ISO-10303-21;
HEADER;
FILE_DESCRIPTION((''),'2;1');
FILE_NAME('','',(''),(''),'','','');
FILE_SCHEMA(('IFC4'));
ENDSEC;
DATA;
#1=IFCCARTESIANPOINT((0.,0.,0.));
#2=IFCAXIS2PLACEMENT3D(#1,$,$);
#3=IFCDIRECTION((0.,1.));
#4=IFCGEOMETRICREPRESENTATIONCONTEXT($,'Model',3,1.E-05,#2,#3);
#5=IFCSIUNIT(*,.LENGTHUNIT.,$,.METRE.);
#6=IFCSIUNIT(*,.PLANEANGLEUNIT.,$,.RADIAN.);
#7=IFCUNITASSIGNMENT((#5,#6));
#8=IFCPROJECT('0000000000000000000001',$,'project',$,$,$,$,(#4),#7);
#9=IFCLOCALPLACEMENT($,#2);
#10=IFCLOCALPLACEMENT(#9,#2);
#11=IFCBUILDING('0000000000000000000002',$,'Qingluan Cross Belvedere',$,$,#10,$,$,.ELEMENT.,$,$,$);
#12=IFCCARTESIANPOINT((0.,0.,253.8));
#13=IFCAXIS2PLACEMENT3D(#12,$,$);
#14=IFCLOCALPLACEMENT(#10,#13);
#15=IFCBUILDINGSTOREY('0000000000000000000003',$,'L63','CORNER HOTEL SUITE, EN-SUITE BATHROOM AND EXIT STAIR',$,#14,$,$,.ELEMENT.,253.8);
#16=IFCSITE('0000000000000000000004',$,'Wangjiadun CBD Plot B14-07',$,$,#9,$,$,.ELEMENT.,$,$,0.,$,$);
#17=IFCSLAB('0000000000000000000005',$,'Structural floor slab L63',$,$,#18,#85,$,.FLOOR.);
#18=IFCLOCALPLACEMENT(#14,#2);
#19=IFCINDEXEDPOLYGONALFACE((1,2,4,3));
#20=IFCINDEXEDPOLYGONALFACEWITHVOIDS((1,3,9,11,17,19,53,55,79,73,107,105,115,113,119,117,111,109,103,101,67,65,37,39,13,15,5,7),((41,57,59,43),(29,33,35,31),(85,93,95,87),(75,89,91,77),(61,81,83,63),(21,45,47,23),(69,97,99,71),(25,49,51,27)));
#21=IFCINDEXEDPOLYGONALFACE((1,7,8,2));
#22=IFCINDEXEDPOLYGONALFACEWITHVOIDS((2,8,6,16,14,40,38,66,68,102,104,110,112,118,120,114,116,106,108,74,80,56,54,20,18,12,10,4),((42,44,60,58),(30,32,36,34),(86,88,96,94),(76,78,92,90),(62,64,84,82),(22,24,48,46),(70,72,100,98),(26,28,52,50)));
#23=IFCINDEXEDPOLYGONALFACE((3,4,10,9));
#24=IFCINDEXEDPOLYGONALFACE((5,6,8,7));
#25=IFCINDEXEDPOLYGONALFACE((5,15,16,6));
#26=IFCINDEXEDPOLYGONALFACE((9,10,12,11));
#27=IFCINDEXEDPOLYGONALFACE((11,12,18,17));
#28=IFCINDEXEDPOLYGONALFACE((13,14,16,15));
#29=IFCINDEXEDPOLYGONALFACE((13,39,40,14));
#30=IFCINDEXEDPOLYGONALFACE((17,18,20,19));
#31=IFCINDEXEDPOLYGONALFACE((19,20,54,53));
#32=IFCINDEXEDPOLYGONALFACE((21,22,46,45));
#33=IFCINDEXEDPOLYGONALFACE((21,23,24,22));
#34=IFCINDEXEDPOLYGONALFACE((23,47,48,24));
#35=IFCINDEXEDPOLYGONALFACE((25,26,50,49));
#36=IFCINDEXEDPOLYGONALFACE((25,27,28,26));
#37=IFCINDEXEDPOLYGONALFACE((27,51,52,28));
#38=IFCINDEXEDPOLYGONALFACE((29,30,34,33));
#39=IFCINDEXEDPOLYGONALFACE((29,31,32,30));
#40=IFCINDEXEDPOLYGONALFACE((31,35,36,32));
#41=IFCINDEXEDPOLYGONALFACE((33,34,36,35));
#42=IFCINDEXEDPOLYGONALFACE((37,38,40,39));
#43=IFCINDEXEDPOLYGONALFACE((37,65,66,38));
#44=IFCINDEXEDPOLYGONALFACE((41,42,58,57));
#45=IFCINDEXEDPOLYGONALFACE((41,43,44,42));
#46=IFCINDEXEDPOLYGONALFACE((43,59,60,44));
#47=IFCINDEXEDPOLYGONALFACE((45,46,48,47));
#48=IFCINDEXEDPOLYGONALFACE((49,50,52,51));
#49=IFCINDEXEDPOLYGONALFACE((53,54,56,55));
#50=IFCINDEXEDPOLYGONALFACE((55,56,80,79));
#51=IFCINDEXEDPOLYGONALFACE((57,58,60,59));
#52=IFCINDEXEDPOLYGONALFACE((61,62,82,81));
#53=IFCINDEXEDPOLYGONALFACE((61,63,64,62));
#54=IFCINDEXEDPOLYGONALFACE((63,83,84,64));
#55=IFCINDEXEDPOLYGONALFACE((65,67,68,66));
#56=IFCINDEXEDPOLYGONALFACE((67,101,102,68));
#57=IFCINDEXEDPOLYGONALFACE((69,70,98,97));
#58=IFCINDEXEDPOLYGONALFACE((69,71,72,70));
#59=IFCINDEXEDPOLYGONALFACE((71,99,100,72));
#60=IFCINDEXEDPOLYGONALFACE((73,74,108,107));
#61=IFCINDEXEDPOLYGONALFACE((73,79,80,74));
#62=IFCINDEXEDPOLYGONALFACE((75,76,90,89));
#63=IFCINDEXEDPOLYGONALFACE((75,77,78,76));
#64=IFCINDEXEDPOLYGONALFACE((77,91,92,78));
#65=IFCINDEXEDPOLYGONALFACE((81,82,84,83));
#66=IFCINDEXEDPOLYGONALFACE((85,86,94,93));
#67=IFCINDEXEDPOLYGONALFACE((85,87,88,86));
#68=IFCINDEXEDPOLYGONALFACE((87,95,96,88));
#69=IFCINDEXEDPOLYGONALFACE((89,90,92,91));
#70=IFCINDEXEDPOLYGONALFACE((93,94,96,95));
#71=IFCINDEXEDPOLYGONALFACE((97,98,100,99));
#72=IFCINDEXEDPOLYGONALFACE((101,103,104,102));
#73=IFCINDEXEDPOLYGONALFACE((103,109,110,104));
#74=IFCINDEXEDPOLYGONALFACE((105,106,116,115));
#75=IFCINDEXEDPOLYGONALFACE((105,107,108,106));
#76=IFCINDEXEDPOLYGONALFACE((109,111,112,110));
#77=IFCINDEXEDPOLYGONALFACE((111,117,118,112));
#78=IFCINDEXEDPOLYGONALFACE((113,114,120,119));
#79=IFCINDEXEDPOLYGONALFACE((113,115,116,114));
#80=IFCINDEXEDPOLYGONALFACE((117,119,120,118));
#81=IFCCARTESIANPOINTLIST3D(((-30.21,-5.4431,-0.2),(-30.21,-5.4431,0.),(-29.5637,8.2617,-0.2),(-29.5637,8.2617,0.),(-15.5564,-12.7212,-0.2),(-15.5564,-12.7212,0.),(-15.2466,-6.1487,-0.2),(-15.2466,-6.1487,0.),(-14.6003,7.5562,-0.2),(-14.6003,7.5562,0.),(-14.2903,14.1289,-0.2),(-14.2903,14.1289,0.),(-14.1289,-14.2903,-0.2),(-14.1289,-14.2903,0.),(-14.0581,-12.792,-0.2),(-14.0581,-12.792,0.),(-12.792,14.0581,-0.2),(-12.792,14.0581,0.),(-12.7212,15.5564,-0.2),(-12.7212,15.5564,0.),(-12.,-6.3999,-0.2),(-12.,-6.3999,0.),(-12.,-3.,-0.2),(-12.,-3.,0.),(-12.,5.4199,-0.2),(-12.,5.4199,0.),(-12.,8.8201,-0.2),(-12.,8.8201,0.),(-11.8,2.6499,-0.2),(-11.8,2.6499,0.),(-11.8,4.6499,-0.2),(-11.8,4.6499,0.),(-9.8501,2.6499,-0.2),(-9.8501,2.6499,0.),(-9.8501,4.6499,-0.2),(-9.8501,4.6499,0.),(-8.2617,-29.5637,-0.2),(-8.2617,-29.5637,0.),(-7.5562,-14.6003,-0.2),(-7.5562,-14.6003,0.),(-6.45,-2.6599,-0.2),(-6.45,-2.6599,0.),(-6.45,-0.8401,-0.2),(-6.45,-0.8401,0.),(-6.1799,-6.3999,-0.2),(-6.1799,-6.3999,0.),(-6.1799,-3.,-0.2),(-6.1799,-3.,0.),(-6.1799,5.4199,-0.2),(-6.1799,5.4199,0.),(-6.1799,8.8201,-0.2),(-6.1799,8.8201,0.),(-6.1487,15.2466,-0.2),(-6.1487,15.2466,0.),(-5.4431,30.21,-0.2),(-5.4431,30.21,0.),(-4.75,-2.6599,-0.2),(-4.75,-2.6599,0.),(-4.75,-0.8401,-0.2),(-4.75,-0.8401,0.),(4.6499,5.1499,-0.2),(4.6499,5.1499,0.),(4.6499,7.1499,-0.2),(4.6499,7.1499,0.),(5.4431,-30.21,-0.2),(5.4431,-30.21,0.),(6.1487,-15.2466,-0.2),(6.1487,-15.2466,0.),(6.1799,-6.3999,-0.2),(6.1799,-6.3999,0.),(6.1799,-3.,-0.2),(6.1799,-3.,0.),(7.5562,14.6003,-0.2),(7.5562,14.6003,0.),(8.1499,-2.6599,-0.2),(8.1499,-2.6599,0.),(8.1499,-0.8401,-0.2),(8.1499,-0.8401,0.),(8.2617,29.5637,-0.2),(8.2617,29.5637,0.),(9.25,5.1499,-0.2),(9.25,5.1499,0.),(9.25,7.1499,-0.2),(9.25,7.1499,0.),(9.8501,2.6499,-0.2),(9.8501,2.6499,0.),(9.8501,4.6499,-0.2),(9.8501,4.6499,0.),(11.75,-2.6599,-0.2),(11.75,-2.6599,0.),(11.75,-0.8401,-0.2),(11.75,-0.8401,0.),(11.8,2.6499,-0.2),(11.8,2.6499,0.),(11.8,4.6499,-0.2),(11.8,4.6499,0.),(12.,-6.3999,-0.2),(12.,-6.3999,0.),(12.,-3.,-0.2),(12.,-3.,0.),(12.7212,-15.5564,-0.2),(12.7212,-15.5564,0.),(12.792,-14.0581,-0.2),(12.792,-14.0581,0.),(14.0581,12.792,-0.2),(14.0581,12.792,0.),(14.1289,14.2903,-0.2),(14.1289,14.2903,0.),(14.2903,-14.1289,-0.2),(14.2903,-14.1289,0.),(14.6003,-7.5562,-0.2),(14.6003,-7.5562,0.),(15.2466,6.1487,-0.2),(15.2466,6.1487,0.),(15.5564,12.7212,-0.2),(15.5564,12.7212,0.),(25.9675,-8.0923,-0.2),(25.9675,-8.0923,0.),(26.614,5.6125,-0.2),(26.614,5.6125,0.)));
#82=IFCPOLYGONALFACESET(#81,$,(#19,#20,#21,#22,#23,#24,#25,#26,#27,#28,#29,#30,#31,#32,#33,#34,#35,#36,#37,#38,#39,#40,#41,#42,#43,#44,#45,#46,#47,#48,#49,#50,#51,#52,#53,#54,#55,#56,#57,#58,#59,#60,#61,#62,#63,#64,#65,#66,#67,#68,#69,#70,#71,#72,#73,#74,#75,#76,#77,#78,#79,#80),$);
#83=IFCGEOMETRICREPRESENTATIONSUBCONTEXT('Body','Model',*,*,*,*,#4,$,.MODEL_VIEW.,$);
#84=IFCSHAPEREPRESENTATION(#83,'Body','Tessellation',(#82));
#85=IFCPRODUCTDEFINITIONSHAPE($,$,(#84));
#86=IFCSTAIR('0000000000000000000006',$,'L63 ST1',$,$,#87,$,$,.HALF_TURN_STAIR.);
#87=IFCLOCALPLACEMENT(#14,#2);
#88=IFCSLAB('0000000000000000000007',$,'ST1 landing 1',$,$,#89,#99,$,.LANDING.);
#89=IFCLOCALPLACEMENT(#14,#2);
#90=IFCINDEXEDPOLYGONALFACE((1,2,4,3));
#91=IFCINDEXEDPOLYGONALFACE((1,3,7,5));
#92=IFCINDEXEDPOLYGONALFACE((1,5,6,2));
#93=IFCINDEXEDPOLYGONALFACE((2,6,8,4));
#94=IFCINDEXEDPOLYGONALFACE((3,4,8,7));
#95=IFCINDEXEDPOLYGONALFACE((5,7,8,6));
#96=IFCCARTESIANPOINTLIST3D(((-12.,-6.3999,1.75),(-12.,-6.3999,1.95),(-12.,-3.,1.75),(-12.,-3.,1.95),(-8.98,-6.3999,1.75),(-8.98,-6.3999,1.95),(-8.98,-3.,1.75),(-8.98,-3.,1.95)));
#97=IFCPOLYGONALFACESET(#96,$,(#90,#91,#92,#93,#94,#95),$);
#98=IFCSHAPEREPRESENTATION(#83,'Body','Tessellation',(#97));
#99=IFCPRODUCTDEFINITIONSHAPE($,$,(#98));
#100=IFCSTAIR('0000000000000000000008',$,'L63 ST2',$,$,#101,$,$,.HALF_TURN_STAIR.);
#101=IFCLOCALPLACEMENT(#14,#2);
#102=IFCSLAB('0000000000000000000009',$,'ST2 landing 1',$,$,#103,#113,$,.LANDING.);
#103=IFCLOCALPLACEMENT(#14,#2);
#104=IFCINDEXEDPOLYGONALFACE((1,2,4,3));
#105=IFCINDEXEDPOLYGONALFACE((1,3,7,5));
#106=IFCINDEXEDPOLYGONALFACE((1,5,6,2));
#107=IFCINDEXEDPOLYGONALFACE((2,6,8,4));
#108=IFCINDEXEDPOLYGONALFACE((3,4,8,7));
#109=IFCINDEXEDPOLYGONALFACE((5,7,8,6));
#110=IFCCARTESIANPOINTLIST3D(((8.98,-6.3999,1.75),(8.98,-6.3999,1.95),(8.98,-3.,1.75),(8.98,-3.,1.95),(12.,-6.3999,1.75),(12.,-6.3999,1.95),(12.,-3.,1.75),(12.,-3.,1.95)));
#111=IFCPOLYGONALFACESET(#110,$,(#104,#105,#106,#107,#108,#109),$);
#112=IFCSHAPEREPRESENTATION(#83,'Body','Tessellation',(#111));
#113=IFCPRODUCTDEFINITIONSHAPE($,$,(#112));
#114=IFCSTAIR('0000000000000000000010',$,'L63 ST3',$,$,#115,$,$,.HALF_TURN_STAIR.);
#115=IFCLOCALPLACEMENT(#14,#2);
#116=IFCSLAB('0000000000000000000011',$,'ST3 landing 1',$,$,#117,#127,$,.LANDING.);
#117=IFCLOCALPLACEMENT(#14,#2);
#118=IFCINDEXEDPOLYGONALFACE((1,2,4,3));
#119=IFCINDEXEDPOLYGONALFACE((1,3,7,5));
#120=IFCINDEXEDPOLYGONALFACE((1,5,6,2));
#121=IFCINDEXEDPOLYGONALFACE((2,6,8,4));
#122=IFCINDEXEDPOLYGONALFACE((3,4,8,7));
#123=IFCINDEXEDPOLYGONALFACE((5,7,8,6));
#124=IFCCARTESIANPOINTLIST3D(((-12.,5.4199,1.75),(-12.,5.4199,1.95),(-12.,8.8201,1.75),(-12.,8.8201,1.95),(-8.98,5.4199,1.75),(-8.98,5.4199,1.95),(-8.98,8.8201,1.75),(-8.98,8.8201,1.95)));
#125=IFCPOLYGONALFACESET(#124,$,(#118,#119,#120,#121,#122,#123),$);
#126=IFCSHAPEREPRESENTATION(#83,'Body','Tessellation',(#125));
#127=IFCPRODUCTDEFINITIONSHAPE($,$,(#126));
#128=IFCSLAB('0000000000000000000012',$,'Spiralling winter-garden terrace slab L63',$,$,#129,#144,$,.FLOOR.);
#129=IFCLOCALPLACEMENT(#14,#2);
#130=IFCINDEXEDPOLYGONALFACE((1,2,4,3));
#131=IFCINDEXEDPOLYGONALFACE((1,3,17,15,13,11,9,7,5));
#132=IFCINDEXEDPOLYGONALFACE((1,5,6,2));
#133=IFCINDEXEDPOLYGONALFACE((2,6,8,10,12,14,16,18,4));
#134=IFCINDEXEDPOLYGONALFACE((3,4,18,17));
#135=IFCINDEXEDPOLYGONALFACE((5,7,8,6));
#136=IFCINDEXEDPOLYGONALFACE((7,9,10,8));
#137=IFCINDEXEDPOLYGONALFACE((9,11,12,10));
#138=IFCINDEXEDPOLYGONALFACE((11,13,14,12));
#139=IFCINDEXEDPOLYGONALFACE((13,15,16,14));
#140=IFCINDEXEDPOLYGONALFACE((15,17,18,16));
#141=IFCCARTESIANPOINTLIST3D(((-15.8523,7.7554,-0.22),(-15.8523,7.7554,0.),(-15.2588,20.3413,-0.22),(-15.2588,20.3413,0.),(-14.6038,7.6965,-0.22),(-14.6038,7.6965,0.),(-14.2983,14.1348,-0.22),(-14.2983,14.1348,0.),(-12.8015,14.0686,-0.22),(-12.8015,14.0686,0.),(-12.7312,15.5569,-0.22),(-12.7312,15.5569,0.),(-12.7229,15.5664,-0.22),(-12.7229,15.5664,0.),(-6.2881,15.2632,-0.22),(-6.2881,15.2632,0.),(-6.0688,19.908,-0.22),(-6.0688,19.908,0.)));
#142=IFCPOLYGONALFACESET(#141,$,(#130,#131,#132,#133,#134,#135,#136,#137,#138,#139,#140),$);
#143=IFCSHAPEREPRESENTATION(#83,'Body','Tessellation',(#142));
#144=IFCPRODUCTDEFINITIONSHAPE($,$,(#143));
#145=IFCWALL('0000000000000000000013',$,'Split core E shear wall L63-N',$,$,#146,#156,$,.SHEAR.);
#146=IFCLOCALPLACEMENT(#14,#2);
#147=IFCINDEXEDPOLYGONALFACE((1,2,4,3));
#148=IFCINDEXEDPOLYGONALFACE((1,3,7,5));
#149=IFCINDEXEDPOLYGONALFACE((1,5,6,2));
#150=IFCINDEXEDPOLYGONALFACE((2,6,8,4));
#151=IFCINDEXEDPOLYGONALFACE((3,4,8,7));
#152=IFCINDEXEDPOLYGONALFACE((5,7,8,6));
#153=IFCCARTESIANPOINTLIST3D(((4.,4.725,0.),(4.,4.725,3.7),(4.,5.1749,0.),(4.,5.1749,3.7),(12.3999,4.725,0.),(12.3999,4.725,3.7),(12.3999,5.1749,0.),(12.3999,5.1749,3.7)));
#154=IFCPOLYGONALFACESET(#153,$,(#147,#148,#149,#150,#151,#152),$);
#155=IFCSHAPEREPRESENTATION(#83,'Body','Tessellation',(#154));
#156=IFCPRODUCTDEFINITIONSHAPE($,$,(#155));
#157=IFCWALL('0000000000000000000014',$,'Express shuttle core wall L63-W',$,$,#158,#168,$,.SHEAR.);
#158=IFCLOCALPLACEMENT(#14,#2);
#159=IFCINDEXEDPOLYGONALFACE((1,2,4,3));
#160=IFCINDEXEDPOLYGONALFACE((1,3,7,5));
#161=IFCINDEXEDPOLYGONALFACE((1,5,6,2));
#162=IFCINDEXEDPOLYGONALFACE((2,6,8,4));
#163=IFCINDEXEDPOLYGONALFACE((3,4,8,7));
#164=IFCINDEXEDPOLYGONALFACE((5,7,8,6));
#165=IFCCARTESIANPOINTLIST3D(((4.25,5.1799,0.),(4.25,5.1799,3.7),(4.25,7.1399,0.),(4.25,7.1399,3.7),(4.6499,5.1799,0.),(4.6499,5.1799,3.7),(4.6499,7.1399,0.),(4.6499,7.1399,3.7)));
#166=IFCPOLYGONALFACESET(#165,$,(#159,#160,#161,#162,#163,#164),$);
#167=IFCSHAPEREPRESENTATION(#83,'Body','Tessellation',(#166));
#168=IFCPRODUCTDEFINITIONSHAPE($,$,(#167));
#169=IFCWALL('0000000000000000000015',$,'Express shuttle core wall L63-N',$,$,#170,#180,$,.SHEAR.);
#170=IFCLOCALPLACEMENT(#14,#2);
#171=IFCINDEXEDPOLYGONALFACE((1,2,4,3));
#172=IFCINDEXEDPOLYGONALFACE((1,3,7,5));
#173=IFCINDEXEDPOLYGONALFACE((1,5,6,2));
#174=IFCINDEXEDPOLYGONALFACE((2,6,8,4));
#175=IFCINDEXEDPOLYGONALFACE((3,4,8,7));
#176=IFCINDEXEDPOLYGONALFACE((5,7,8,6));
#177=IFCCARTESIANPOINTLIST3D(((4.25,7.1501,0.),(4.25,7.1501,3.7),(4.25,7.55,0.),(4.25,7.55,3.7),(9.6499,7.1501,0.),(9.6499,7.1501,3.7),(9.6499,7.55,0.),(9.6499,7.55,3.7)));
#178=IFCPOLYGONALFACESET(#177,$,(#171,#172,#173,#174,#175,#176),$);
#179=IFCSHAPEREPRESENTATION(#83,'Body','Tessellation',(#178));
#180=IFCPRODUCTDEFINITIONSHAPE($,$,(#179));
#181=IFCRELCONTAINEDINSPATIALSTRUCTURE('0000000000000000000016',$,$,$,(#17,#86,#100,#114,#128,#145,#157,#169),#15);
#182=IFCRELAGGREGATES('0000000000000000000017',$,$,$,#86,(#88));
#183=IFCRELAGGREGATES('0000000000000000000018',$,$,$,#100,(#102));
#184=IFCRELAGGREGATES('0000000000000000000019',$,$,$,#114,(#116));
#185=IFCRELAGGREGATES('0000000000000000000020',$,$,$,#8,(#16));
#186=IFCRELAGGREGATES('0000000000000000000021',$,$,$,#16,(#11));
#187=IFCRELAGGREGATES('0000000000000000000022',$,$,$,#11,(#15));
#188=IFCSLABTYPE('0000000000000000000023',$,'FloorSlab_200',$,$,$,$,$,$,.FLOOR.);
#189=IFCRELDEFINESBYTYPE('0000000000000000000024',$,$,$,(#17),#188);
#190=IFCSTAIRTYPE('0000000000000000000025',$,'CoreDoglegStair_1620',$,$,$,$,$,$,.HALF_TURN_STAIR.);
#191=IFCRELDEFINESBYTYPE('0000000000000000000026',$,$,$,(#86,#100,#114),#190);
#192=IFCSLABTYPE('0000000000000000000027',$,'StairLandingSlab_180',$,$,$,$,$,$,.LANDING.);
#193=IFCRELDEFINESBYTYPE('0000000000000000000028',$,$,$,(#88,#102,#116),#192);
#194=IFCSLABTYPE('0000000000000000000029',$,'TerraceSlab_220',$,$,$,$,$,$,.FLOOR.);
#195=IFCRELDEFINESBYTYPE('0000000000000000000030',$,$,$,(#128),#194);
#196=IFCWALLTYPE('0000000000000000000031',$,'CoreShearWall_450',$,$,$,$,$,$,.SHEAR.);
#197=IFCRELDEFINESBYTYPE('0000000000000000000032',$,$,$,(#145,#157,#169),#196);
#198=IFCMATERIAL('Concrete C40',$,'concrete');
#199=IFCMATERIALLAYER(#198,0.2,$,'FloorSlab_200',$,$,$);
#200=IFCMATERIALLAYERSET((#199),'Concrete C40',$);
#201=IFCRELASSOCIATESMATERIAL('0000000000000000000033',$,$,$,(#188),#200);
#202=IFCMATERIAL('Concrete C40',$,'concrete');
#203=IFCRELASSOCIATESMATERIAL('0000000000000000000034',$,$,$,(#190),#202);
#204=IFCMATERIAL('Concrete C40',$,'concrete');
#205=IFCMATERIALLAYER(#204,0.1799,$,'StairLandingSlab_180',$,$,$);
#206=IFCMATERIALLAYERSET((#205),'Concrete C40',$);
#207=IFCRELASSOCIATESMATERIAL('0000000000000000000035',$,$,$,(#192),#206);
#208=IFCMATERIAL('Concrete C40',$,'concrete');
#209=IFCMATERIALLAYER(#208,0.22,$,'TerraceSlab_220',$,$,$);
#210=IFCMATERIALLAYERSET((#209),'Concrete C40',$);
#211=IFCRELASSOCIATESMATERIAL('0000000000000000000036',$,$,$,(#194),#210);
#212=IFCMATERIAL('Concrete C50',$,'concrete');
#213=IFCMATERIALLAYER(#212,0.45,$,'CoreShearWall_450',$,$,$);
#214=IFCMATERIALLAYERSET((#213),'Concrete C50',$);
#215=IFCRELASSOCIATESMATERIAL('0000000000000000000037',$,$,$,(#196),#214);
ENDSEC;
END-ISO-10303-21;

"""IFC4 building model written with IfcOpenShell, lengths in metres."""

from ifc_helpers import new_model, si_unit, direction, frame, frame_2d, origin, place, context, subcontext, project, spatial, polyline, rectangle, outline, extrude, material, layer, layer_set, type_object, element, aggregate, save


model = new_model("IFC4")

# Units and contexts
model_context = context("Model", 3, precision=1e-05, world=origin(), true_north=direction((0.0, 1.0)))
body_context = subcontext(model_context, "Body", "Model", "MODEL_VIEW")
ifc_project = project(units=[si_unit("LENGTHUNIT", "METRE"), si_unit("PLANEANGLEUNIT", "RADIAN")], contexts=[model_context])

# Site, building, storey
site_placement = place(None, origin())
site = spatial("IfcSite", under=ifc_project, at=site_placement, Name="Wangjiadun CBD Plot B14-07", CompositionType="ELEMENT", RefElevation=0.0)
building_placement = place(site_placement, origin())
building = spatial("IfcBuilding", under=site, at=building_placement, Name="Qingluan Cross Belvedere", CompositionType="ELEMENT")
storey_placement = place(building_placement, frame((0.0, 0.0, 253.8)))
storey = spatial("IfcBuildingStorey", under=building, at=storey_placement, Name="L63", Description="CORNER HOTEL SUITE, EN-SUITE BATHROOM AND EXIT STAIR", CompositionType="ELEMENT", Elevation=253.8)

# Slab
ifc_material_1 = material(Name="Concrete C40", Category="concrete")
ifc_layer_1 = layer(ifc_material_1, 0.2, Name="FloorSlab_200")
ifc_layer_set_1 = layer_set([ifc_layer_1], Name="Concrete C40")
slab_type_1 = type_object("IfcSlabType", Name="FloorSlab_200", PredefinedType="FLOOR", material=ifc_layer_set_1)
slab_1_placement = place(storey_placement, frame((0.0, 0.0, -0.2)))
element("IfcSlab", 1, at=slab_1_placement, inside=storey, type_object=slab_type_1, Name="Structural floor slab L63", PredefinedType="FLOOR", context=body_context, shape_type="SweptSolid", body=[
    extrude(outline(polyline([(5.4431, -30.21), (6.1487, -15.2466), (12.7212, -15.5564), (12.792, -14.0581), (14.2903, -14.1289), (14.6003, -7.5562), (25.9675, -8.0923), (26.614, 5.6125), (15.2466, 6.1487), (15.5564, 12.7212), (14.0581, 12.792), (14.1289, 14.2903), (7.5562, 14.6003), (8.2617, 29.5637), (-5.4431, 30.21), (-6.1487, 15.2466), (-12.7212, 15.5564), (-12.792, 14.0581), (-14.2903, 14.1289), (-14.6003, 7.5562), (-29.5637, 8.2617), (-30.21, -5.4431), (-15.2466, -6.1487), (-15.5564, -12.7212), (-14.0581, -12.792), (-14.1289, -14.2903), (-7.5562, -14.6003), (-8.2617, -29.5637), (5.4431, -30.21)]), holes=[polyline([(-12.0, -3.0), (-6.1799, -3.0), (-6.1799, -6.3999), (-12.0, -6.3999), (-12.0, -3.0)]), polyline([(6.1799, -3.0), (12.0, -3.0), (12.0, -6.3999), (6.1799, -6.3999), (6.1799, -3.0)]), polyline([(-12.0, 8.8201), (-6.1799, 8.8201), (-6.1799, 5.4199), (-12.0, 5.4199), (-12.0, 8.8201)]), polyline([(-11.8, 4.6499), (-9.8501, 4.6499), (-9.8501, 2.6499), (-11.8, 2.6499), (-11.8, 4.6499)]), polyline([(9.8501, 4.6499), (11.8, 4.6499), (11.8, 2.6499), (9.8501, 2.6499), (9.8501, 4.6499)]), polyline([(-6.45, -0.8401), (-4.75, -0.8401), (-4.75, -2.6599), (-6.45, -2.6599), (-6.45, -0.8401)]), polyline([(8.1499, -0.8401), (11.75, -0.8401), (11.75, -2.6599), (8.1499, -2.6599), (8.1499, -0.8401)]), polyline([(4.6499, 7.1499), (9.25, 7.1499), (9.25, 5.1499), (4.6499, 5.1499), (4.6499, 7.1499)])]), origin(), (0.0, 0.0, 1.0), 0.2),
])

# Stairs, slabs
ifc_material_2 = material(Name="Concrete C40", Category="concrete")
stair_type = type_object("IfcStairType", Name="CoreDoglegStair_1620", PredefinedType="HALF_TURN_STAIR", material=ifc_material_2)
stair_1_placement = place(storey_placement, origin())
stair_1 = element("IfcStair", 2, at=stair_1_placement, inside=storey, type_object=stair_type, Name="L63 ST1", PredefinedType="HALF_TURN_STAIR")
ifc_material_3 = material(Name="Concrete C40", Category="concrete")
ifc_layer_2 = layer(ifc_material_3, 0.1799, Name="StairLandingSlab_180")
ifc_layer_set_2 = layer_set([ifc_layer_2], Name="Concrete C40")
slab_type_2 = type_object("IfcSlabType", Name="StairLandingSlab_180", PredefinedType="LANDING", material=ifc_layer_set_2)
slab_2_placement = place(storey_placement, frame((0.0, 0.0, 1.75)))
slab_2 = element("IfcSlab", 3, at=slab_2_placement, type_object=slab_type_2, Name="ST1 landing 1", PredefinedType="LANDING", context=body_context, shape_type="SweptSolid", body=[
    extrude(outline(polyline([(-8.98, -3.0), (-12.0, -3.0), (-12.0, -6.3999), (-8.98, -6.3999), (-8.98, -3.0)])), origin(), (0.0, 0.0, 1.0), 0.2),
])
aggregate(stair_1, [slab_2])
stair_2_placement = place(storey_placement, origin())
stair_2 = element("IfcStair", 4, at=stair_2_placement, inside=storey, type_object=stair_type, Name="L63 ST2", PredefinedType="HALF_TURN_STAIR")
slab_3_placement = place(storey_placement, frame((0.0, 0.0, 1.75)))
slab_3 = element("IfcSlab", 5, at=slab_3_placement, type_object=slab_type_2, Name="ST2 landing 1", PredefinedType="LANDING", context=body_context, shape_type="SweptSolid", body=[
    extrude(outline(polyline([(8.98, -6.3999), (12.0, -6.3999), (12.0, -3.0), (8.98, -3.0), (8.98, -6.3999)])), origin(), (0.0, 0.0, 1.0), 0.2),
])
aggregate(stair_2, [slab_3])
stair_3_placement = place(storey_placement, origin())
stair_3 = element("IfcStair", 6, at=stair_3_placement, inside=storey, type_object=stair_type, Name="L63 ST3", PredefinedType="HALF_TURN_STAIR")
slab_4_placement = place(storey_placement, frame((0.0, 0.0, 1.75)))
slab_4 = element("IfcSlab", 7, at=slab_4_placement, type_object=slab_type_2, Name="ST3 landing 1", PredefinedType="LANDING", context=body_context, shape_type="SweptSolid", body=[
    extrude(outline(polyline([(-8.98, 8.8201), (-12.0, 8.8201), (-12.0, 5.4199), (-8.98, 5.4199), (-8.98, 8.8201)])), origin(), (0.0, 0.0, 1.0), 0.2),
])
aggregate(stair_3, [slab_4])

# Slab
ifc_material_4 = material(Name="Concrete C40", Category="concrete")
ifc_layer_3 = layer(ifc_material_4, 0.22, Name="TerraceSlab_220")
ifc_layer_set_3 = layer_set([ifc_layer_3], Name="Concrete C40")
slab_type_3 = type_object("IfcSlabType", Name="TerraceSlab_220", PredefinedType="FLOOR", material=ifc_layer_set_3)
slab_5_placement = place(storey_placement, frame((0.0, 0.0, -0.22)))
element("IfcSlab", 8, at=slab_5_placement, inside=storey, type_object=slab_type_3, Name="Spiralling winter-garden terrace slab L63", PredefinedType="FLOOR", context=body_context, shape_type="SweptSolid", body=[
    extrude(outline(polyline([(-14.6038, 7.6965), (-14.2983, 14.1348), (-12.8015, 14.0686), (-12.7312, 15.5569), (-12.7229, 15.5664), (-6.2881, 15.2632), (-6.0688, 19.908), (-15.2588, 20.3413), (-15.8523, 7.7554), (-14.6038, 7.6965)])), origin(), (0.0, 0.0, 1.0), 0.22),
])

# Walls
ifc_material_5 = material(Name="Concrete C50", Category="concrete")
ifc_layer_4 = layer(ifc_material_5, 0.45, Name="CoreShearWall_450")
ifc_layer_set_4 = layer_set([ifc_layer_4], Name="Concrete C50")
wall_type_1 = type_object("IfcWallType", Name="CoreShearWall_450", PredefinedType="SHEAR", material=ifc_layer_set_4)
wall_1_placement = place(storey_placement, frame((4.0, 4.95, 0.0), z_axis=(0.0, 0.0, 1.0), x_axis=(1.0, 0.0, 0.0)))
element("IfcWall", 9, at=wall_1_placement, inside=storey, type_object=wall_type_1, Name="Split core E shear wall L63-N", PredefinedType="SHEAR", context=body_context, shape_type="SweptSolid", body=[
    extrude(rectangle(XDim=8.3999, YDim=0.45, at=frame_2d((4.2, 0.0))), origin(), (0.0, 0.0, 1.0), 3.7),
])
wall_2_placement = place(storey_placement, frame((4.45, 5.1799, 0.0), z_axis=(0.0, 0.0, 1.0), x_axis=(0.0, 1.0, 0.0)))
element("IfcWall", 10, at=wall_2_placement, inside=storey, type_object=wall_type_1, Name="Express shuttle core wall L63-W", PredefinedType="SHEAR", context=body_context, shape_type="SweptSolid", body=[
    extrude(rectangle(XDim=1.96, YDim=0.3999, at=frame_2d((0.98, 0.0))), origin(), (0.0, 0.0, 1.0), 3.7),
])
wall_3_placement = place(storey_placement, frame((4.25, 7.3501, 0.0), z_axis=(0.0, 0.0, 1.0), x_axis=(1.0, 0.0, 0.0)))
element("IfcWall", 11, at=wall_3_placement, inside=storey, type_object=wall_type_1, Name="Express shuttle core wall L63-N", PredefinedType="SHEAR", context=body_context, shape_type="SweptSolid", body=[
    extrude(rectangle(XDim=5.3999, YDim=0.3999, at=frame_2d((2.7, 0.0))), origin(), (0.0, 0.0, 1.0), 3.7),
])

save(model, "model.ifc")
